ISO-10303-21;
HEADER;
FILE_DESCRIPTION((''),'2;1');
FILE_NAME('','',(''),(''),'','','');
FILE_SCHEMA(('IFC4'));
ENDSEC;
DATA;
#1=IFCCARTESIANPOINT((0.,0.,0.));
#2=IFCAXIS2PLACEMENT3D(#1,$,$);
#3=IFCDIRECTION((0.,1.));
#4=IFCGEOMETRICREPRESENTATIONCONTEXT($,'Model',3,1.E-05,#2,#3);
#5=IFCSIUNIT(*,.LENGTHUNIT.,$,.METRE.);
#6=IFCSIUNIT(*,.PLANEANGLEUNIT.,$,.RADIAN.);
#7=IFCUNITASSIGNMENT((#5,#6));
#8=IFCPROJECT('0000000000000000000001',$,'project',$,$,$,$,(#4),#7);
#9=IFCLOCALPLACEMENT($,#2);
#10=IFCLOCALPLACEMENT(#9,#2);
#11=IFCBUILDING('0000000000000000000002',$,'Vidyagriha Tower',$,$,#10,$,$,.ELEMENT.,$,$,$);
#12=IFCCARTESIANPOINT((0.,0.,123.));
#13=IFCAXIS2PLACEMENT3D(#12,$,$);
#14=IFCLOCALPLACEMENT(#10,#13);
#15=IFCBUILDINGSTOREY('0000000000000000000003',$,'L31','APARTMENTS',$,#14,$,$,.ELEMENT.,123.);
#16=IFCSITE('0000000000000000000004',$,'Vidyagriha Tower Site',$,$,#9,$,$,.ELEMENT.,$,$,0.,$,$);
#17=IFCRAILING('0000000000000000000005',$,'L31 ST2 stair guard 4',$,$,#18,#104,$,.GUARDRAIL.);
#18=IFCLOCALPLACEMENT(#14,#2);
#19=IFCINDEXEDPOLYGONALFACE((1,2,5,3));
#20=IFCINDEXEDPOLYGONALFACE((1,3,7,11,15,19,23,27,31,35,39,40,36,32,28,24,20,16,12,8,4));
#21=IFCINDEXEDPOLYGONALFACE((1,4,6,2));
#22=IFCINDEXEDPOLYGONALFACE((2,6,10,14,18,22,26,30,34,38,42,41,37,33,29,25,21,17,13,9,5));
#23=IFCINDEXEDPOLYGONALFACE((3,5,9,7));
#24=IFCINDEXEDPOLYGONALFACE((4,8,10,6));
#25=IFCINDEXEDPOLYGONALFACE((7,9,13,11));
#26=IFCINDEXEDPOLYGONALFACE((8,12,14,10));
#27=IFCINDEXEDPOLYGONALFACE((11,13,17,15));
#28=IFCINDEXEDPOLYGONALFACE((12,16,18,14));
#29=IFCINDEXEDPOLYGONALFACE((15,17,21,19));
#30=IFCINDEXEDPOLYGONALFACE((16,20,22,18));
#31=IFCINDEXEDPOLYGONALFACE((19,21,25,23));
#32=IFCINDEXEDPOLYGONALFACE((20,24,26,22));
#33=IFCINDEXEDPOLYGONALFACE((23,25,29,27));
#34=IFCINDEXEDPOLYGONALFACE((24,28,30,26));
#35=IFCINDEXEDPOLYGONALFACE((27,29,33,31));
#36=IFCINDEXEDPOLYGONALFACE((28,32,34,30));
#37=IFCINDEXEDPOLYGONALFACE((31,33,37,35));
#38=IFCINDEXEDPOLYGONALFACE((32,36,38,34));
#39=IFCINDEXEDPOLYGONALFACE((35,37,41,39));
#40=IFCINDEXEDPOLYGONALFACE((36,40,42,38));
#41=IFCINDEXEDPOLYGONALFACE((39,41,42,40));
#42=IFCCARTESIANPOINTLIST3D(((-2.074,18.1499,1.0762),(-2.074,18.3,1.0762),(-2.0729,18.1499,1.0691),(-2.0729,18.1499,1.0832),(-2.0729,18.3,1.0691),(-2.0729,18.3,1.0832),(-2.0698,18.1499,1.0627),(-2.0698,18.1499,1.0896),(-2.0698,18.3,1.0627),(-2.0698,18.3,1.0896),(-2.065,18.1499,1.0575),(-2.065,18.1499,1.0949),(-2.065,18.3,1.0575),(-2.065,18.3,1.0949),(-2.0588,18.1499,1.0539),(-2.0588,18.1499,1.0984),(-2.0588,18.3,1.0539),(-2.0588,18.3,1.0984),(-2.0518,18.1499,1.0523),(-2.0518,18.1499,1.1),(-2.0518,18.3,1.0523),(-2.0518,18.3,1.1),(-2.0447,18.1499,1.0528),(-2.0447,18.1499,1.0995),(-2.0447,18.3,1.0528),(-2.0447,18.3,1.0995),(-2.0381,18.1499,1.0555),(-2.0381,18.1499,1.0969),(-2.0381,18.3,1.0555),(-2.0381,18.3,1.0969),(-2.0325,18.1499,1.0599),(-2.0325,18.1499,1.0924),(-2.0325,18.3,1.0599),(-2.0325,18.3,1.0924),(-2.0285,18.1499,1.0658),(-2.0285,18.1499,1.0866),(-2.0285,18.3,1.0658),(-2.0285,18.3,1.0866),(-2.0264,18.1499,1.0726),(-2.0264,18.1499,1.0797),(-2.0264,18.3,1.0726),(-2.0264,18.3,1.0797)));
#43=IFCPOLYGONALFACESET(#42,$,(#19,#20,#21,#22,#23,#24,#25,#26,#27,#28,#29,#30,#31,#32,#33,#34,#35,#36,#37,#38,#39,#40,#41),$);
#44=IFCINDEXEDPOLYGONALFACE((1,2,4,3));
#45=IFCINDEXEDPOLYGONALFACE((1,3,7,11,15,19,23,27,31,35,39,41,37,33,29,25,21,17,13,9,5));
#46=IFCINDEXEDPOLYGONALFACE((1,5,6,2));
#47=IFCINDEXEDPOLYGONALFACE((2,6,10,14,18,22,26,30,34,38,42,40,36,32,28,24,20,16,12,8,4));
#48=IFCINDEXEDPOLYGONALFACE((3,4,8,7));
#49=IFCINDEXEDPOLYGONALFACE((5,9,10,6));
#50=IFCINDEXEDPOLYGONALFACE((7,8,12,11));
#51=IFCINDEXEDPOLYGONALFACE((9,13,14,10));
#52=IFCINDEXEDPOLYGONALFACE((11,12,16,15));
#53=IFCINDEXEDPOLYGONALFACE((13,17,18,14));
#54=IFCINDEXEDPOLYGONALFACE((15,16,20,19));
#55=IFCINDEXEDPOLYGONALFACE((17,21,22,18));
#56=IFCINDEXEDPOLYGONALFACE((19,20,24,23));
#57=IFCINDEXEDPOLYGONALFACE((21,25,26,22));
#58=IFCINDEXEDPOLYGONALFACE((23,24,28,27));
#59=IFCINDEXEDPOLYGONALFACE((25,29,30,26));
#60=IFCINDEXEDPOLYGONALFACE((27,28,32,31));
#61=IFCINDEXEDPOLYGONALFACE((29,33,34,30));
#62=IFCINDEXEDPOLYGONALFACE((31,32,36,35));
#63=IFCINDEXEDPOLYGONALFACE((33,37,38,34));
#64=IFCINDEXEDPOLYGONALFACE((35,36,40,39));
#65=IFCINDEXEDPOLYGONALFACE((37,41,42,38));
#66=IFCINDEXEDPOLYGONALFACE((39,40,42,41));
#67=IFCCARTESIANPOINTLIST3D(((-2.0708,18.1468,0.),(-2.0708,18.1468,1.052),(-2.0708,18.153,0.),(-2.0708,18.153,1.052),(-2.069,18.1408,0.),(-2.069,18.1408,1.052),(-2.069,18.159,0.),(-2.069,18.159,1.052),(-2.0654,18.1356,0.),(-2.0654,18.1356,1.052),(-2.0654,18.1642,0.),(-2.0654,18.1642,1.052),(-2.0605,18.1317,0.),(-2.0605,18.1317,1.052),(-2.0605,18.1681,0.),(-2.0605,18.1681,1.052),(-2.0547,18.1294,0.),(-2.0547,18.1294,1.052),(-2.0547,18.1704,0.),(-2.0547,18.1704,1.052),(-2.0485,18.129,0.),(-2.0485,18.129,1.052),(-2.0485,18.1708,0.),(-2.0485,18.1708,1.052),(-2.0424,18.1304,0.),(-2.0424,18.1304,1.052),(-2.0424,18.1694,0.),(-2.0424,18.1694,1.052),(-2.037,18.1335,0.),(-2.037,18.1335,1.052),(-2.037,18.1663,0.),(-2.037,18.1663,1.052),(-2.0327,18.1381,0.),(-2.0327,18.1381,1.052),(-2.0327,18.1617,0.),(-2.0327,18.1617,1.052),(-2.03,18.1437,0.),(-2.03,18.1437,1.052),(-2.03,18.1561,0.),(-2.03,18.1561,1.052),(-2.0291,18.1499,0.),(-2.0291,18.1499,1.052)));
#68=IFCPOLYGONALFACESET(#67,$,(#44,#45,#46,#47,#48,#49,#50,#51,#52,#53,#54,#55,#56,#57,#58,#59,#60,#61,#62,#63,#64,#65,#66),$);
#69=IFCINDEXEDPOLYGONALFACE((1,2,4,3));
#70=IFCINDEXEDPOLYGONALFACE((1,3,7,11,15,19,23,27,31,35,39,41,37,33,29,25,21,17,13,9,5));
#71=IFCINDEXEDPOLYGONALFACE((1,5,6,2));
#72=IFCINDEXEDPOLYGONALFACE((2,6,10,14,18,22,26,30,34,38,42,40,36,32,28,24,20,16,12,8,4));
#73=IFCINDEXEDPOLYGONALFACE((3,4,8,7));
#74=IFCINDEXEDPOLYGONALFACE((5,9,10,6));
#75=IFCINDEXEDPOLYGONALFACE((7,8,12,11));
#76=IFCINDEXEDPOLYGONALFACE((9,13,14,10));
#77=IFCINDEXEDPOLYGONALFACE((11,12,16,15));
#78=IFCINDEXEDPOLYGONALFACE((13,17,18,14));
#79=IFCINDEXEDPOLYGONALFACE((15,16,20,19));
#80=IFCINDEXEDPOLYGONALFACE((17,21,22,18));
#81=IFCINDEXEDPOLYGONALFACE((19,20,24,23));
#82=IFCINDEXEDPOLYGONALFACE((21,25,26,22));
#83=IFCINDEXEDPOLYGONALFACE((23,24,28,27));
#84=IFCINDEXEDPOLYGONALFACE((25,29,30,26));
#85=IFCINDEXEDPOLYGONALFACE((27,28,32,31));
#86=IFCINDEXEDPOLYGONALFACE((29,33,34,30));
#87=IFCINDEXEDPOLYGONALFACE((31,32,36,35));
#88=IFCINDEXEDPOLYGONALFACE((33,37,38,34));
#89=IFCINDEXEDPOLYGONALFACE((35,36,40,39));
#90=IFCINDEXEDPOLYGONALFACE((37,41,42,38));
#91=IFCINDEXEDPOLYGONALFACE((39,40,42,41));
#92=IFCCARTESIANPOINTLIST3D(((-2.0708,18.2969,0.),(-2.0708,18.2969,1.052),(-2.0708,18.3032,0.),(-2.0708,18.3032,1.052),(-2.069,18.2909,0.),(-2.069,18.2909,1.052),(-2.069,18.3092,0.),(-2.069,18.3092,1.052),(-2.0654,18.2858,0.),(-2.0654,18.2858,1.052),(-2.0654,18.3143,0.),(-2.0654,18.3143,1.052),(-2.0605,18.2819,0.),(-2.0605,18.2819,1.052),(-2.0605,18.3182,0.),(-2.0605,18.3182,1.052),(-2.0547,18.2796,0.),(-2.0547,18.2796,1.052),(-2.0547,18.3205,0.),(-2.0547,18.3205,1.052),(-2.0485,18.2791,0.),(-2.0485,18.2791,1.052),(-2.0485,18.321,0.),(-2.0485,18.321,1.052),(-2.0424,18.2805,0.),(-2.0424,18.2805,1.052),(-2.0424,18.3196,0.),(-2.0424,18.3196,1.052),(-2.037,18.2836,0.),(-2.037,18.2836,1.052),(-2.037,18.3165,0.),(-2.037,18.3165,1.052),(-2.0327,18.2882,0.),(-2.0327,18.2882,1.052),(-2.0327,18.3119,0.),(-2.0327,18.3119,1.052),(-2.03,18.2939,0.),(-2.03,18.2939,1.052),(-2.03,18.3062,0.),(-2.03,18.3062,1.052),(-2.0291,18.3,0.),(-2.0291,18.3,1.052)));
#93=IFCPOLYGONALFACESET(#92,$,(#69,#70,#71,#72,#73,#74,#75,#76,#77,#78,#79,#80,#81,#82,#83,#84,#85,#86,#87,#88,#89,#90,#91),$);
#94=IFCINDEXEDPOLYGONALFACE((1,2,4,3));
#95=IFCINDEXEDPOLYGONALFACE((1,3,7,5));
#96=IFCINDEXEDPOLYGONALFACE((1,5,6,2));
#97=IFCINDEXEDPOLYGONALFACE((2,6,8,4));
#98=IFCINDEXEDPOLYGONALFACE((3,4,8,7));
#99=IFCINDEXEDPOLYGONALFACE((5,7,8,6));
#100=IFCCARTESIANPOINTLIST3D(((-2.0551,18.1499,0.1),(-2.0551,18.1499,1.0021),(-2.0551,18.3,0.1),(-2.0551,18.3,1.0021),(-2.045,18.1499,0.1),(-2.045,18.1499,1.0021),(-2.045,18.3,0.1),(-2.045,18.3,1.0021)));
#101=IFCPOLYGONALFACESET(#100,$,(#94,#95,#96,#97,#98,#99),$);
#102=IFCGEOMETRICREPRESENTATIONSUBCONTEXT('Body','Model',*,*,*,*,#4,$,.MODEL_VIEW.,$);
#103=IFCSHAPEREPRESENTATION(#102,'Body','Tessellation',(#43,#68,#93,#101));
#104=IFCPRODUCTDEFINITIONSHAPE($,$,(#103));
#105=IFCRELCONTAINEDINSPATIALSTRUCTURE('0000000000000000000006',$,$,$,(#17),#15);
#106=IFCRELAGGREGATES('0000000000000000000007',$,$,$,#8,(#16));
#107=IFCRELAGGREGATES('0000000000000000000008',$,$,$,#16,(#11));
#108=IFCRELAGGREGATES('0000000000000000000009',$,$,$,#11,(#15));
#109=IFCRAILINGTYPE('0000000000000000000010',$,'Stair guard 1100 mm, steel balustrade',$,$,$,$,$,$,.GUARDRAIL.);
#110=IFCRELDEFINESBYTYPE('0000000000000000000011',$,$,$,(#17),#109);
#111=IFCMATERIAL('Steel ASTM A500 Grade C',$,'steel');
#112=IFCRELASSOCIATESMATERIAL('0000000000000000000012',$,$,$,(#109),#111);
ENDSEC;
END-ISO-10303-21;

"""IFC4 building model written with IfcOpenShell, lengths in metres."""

from ifc_helpers import new_model, si_unit, direction, frame, origin, origin_2d, place, context, subcontext, project, spatial, rectangle, circle, extrude, material, type_object, element, save


model = new_model("IFC4")

# Units and contexts
model_context = context("Model", 3, precision=1e-05, world=origin(), true_north=direction((0.0, 1.0)))
body_context = subcontext(model_context, "Body", "Model", "MODEL_VIEW")
ifc_project = project(units=[si_unit("LENGTHUNIT", "METRE"), si_unit("PLANEANGLEUNIT", "RADIAN")], contexts=[model_context])

# Site, building, storey
site_placement = place(None, origin())
site = spatial("IfcSite", under=ifc_project, at=site_placement, Name="Vidyagriha Tower Site", CompositionType="ELEMENT", RefElevation=0.0)
building_placement = place(site_placement, origin())
building = spatial("IfcBuilding", under=site, at=building_placement, Name="Vidyagriha Tower", CompositionType="ELEMENT")
storey_placement = place(building_placement, frame((0.0, 0.0, 123.0)))
storey = spatial("IfcBuildingStorey", under=building, at=storey_placement, Name="L31", Description="APARTMENTS", CompositionType="ELEMENT", Elevation=123.0)

# Railing
ifc_material_1 = material(Name="Steel ASTM A500 Grade C", Category="steel")
railing_type_1 = type_object("IfcRailingType", Name="Stair guard 1100 mm, steel balustrade", PredefinedType="GUARDRAIL", material=ifc_material_1)
railing_1_placement = place(storey_placement, frame((-2.05, 18.1499, 0.0)))
element("IfcRailing", 1, at=railing_1_placement, inside=storey, type_object=railing_type_1, Name="L31 ST2 stair guard 4", PredefinedType="GUARDRAIL", context=body_context, shape_type="SweptSolid", body=[
    extrude(circle(Radius=0.0239, at=origin_2d()), frame((0.0, 0.0, 1.0762), z_axis=(0.0, 1.0, 0.0), x_axis=(-1.0, 0.0, 0.0)), (0.0, 0.0, 1.0), 0.1501),
    extrude(circle(Radius=0.021, at=origin_2d()), origin(), (0.0, 0.0, 1.0), 1.052),
    extrude(circle(Radius=0.021, at=origin_2d()), frame((0.0, 0.1501, 0.0)), (0.0, 0.0, 1.0), 1.052),
    extrude(rectangle(XDim=0.01, YDim=0.9021, at=origin_2d()), frame((0.0, 0.0, 0.551), z_axis=(0.0, 1.0, 0.0), x_axis=(-1.0, 0.0, 0.0)), (0.0, 0.0, 1.0), 0.1501),
])

save(model, "model.ifc")
